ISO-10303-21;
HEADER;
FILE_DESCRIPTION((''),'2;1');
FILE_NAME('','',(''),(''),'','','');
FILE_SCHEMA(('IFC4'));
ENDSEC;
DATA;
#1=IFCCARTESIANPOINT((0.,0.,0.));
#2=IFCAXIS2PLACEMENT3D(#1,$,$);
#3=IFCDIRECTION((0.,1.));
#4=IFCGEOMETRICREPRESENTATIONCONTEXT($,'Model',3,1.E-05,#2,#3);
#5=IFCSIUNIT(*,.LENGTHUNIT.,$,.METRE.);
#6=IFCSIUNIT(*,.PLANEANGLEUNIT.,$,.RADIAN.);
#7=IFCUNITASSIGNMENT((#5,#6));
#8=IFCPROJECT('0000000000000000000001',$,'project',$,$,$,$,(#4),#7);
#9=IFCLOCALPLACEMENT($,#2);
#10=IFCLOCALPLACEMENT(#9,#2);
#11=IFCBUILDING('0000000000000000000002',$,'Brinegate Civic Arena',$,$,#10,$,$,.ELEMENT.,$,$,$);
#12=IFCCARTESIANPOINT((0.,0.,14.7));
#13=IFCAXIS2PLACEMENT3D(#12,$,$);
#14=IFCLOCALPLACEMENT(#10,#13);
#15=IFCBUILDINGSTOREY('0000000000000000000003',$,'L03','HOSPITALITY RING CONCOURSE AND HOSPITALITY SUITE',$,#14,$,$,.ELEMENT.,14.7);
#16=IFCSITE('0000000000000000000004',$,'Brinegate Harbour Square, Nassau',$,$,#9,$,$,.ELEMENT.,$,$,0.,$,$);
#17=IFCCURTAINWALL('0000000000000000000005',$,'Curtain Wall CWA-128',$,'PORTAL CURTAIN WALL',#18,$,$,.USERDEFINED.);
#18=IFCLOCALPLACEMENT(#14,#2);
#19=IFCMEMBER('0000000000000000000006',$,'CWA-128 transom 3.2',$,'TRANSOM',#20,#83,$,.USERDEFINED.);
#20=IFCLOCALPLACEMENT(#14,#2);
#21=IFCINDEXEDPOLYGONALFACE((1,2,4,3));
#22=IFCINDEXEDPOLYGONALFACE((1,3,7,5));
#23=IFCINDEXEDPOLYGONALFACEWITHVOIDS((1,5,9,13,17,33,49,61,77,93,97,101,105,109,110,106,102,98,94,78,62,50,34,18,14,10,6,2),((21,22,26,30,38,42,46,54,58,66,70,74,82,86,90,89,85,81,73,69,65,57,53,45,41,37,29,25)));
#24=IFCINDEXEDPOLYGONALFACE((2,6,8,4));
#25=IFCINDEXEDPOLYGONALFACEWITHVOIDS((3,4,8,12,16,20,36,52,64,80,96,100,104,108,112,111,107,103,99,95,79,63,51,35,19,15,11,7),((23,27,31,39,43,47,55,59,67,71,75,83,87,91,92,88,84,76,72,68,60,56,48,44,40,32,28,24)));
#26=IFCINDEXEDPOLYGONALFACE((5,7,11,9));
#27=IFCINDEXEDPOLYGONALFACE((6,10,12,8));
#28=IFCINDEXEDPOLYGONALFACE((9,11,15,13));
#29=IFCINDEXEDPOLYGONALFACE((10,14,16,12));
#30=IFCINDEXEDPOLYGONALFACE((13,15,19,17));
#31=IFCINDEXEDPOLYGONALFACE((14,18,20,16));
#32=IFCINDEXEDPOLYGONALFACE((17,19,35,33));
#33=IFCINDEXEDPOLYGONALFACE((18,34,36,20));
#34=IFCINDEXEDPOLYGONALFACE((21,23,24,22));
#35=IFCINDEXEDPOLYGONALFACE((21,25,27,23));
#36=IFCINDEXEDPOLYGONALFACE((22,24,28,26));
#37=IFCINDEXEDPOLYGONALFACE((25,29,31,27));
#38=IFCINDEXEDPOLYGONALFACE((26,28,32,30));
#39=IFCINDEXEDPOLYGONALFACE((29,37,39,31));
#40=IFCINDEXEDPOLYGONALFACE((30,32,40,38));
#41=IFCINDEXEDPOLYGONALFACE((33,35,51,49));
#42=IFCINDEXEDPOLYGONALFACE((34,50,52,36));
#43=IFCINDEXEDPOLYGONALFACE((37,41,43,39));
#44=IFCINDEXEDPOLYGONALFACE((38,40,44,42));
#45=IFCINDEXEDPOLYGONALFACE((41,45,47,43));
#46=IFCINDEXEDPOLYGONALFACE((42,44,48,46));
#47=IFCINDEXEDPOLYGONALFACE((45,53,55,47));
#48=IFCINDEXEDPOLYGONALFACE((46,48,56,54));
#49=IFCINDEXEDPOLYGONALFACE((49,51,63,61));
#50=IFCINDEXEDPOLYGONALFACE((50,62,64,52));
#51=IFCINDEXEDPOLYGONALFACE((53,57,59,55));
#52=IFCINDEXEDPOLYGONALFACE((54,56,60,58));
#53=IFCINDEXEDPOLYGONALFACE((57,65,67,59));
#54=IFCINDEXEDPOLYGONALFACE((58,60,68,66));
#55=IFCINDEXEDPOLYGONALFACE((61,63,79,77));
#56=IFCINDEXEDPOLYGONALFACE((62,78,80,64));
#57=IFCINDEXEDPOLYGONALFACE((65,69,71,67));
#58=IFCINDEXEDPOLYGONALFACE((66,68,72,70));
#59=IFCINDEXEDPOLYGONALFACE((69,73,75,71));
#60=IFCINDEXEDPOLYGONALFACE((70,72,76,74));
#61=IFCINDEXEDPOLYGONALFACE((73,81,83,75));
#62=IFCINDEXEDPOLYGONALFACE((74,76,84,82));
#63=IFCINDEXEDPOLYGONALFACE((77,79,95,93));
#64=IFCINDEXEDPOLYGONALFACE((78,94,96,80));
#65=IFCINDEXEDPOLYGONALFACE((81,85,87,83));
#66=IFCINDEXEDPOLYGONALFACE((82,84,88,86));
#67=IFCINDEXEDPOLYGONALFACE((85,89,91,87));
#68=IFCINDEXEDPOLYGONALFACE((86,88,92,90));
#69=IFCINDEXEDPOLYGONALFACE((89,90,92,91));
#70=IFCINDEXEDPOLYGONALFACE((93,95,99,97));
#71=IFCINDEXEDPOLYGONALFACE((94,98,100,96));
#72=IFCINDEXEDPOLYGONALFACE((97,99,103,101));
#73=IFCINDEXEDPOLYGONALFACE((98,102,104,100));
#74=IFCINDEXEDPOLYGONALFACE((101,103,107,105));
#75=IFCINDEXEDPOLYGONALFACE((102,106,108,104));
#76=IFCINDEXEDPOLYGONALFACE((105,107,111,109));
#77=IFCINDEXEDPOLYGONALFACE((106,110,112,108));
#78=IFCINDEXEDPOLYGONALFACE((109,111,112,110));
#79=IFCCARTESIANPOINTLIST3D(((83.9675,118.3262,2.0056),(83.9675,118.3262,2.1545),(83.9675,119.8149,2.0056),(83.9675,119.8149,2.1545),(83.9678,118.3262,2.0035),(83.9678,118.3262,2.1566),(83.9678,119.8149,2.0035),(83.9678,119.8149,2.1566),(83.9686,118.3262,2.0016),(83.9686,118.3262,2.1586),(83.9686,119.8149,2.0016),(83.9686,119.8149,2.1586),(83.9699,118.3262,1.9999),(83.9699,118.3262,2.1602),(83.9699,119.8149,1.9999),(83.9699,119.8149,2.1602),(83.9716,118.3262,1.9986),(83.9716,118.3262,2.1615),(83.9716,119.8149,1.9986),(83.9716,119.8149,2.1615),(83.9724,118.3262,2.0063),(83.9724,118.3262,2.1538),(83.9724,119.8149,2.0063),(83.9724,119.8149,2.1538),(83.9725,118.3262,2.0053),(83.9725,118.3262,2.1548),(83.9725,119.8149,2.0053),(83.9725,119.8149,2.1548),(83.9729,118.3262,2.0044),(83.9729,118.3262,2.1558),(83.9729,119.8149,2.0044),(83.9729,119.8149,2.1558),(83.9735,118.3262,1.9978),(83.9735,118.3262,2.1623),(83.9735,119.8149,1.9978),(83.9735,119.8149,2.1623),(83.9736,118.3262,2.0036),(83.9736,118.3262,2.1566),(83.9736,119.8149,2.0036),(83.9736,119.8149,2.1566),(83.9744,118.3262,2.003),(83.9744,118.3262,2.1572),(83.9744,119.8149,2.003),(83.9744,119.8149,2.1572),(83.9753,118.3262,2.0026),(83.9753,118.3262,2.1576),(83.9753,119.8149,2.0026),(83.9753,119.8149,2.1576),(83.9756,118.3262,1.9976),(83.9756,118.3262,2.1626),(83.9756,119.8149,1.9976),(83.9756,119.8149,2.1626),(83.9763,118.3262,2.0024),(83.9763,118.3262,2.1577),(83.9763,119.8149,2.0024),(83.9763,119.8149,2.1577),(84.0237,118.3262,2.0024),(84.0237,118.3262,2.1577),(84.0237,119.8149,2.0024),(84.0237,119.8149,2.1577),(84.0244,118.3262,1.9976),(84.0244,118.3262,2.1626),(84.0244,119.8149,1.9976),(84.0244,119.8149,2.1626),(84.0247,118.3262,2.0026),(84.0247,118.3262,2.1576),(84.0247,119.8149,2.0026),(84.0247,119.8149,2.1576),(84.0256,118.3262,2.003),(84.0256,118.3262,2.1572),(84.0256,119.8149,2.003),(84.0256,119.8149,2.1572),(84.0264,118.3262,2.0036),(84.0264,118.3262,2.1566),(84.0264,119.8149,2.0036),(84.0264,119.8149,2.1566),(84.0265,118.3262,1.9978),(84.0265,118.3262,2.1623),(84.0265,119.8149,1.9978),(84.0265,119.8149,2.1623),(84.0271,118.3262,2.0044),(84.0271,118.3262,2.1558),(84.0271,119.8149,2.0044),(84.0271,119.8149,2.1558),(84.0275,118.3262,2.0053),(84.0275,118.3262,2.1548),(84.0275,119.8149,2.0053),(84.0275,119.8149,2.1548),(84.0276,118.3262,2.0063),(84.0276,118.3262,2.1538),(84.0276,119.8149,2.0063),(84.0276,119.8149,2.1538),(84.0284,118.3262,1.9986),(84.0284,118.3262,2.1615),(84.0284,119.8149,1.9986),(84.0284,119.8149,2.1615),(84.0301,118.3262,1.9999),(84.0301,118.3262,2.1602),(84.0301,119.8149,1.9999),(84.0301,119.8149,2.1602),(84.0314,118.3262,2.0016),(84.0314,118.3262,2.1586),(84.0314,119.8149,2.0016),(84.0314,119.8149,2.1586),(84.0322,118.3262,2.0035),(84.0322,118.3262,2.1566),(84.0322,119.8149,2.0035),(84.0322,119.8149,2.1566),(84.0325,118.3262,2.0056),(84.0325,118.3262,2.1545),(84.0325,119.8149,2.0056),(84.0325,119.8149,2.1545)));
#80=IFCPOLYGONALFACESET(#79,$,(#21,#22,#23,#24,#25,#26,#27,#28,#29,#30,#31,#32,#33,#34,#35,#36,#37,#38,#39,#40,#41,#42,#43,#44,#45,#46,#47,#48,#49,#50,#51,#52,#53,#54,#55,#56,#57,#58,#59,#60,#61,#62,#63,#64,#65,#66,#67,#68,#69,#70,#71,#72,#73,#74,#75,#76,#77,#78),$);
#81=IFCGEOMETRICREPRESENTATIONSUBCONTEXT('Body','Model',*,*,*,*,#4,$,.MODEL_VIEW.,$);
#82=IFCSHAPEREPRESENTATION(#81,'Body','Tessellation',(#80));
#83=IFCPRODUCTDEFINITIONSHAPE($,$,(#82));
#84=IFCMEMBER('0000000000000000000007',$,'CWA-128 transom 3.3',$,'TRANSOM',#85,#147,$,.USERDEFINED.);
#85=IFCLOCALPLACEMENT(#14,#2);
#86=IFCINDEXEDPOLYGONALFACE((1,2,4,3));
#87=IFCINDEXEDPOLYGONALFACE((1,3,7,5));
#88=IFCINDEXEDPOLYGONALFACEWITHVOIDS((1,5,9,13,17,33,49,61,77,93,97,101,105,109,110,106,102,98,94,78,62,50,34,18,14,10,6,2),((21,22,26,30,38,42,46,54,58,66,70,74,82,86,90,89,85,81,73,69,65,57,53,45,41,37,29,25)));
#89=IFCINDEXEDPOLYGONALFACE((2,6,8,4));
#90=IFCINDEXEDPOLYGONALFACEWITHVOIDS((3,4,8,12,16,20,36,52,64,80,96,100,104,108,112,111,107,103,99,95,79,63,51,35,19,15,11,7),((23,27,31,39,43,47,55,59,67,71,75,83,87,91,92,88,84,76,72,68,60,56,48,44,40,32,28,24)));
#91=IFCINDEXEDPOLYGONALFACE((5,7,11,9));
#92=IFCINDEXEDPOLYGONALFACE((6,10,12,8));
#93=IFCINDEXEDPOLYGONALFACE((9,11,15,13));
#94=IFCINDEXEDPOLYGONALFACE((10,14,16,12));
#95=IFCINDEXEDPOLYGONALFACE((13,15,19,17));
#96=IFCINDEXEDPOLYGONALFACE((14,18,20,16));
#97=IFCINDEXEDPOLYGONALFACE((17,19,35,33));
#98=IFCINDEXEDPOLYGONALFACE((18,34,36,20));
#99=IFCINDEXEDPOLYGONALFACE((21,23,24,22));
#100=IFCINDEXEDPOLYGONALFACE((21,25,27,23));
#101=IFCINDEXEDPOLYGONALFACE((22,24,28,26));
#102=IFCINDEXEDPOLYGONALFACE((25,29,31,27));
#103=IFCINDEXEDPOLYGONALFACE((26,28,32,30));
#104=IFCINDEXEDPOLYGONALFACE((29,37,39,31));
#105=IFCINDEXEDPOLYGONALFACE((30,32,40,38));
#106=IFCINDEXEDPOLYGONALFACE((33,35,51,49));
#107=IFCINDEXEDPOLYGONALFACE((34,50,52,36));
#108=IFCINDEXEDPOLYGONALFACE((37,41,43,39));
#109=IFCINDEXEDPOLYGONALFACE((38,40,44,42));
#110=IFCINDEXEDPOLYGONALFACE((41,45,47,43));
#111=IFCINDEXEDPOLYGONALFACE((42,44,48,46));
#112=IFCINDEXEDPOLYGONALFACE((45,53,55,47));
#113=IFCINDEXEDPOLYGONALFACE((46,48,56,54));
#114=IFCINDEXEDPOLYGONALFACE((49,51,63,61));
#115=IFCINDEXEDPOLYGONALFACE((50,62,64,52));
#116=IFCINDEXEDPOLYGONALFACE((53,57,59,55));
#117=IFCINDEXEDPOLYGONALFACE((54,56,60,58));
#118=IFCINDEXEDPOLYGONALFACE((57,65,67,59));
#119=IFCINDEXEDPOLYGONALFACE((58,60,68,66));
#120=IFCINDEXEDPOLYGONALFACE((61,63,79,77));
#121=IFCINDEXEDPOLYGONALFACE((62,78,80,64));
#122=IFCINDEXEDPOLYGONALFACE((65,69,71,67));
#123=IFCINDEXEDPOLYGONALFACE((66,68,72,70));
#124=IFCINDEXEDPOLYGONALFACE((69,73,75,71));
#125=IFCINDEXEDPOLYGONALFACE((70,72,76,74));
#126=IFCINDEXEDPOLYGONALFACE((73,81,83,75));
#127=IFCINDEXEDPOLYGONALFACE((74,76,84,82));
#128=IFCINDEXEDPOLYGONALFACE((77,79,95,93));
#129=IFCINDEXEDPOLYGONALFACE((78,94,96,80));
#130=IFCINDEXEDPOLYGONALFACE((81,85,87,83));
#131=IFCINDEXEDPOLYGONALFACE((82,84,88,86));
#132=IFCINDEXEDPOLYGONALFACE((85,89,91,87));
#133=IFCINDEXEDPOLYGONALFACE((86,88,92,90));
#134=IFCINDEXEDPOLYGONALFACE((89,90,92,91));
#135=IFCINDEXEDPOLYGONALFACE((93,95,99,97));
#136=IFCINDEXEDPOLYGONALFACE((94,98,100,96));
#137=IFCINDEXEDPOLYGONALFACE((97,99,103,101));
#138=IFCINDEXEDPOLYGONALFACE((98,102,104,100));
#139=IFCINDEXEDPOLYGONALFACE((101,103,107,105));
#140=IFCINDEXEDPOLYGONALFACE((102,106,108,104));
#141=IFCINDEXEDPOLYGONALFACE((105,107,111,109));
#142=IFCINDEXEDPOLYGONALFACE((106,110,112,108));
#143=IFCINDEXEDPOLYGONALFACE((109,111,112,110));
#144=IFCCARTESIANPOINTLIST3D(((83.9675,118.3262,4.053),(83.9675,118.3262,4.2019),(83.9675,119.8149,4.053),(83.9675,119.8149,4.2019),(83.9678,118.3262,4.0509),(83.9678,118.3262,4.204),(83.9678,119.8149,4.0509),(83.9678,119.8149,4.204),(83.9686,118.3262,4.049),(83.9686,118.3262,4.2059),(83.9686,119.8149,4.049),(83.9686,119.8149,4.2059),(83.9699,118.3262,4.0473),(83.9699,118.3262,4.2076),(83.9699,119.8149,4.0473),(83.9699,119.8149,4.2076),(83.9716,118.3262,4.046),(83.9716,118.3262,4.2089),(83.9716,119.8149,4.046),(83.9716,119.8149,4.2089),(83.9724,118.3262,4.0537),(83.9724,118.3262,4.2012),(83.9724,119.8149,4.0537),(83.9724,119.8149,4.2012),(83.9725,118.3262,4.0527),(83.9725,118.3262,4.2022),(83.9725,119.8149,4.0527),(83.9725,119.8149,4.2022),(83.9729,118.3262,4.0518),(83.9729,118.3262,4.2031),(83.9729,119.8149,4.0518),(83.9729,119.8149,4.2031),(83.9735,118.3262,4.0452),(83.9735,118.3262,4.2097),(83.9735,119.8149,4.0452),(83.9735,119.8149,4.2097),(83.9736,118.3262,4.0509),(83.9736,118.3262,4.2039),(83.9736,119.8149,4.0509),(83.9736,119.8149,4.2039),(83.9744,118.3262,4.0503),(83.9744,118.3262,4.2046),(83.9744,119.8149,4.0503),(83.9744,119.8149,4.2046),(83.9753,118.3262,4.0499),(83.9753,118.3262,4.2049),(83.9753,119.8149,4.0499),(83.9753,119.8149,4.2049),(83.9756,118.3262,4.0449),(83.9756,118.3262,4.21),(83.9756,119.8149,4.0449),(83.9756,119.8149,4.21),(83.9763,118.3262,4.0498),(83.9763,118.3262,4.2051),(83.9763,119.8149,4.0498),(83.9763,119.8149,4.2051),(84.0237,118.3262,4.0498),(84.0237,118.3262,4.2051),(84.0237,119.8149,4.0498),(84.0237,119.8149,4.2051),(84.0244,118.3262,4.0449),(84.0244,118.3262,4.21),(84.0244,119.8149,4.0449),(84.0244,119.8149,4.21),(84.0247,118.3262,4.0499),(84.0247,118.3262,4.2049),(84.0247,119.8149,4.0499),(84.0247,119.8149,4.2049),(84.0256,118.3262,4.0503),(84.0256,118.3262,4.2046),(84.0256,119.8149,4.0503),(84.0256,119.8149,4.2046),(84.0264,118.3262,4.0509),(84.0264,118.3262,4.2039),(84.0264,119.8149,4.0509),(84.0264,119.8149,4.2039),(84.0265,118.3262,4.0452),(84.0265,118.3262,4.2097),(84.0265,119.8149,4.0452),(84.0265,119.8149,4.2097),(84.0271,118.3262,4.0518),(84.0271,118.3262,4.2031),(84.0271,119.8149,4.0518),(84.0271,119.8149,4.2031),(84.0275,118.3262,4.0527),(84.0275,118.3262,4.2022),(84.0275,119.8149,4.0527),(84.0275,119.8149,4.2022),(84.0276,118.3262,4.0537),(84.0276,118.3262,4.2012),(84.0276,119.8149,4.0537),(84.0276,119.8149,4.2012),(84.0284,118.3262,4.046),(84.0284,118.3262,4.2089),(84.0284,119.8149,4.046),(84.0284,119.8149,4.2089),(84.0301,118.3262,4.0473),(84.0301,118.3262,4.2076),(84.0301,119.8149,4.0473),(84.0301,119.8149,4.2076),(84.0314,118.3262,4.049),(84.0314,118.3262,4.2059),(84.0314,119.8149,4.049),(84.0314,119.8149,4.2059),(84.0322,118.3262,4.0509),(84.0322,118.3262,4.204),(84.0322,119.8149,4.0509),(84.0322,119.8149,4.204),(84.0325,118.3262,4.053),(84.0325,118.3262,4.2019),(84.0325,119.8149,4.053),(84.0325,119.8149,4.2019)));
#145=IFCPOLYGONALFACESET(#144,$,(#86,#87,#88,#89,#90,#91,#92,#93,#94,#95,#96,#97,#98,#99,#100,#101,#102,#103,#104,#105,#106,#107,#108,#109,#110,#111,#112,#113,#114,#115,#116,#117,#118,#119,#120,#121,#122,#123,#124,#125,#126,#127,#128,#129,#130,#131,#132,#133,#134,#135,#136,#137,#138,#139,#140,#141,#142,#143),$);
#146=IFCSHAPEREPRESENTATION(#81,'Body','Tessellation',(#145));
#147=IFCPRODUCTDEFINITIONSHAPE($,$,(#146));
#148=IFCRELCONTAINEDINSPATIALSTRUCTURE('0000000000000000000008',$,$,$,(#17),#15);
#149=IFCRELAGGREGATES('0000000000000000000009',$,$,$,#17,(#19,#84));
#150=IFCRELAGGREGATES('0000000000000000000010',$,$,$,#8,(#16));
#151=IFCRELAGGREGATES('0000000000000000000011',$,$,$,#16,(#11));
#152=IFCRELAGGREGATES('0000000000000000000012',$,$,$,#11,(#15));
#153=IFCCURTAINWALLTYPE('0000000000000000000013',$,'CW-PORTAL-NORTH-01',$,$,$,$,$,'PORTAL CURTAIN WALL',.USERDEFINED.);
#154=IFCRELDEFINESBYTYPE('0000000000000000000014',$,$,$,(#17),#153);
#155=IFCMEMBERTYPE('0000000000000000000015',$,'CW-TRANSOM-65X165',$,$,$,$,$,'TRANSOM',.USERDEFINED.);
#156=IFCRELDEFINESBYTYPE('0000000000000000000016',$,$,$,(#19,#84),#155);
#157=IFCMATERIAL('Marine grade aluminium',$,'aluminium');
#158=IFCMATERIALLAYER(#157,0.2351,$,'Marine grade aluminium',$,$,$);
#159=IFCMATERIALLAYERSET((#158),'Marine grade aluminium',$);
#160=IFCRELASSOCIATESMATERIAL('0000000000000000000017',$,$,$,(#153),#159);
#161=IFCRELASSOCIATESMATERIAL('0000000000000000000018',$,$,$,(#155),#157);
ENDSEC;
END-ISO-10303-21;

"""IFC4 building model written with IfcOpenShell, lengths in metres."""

from ifc_helpers import new_model, si_unit, direction, frame, origin, origin_2d, place, context, subcontext, project, spatial, hollow_rectangle, extrude, material, layer, layer_set, material_profile, profile_set, type_object, element, aggregate, save


model = new_model("IFC4")

# Units and contexts
model_context = context("Model", 3, precision=1e-05, world=origin(), true_north=direction((0.0, 1.0)))
body_context = subcontext(model_context, "Body", "Model", "MODEL_VIEW")
ifc_project = project(units=[si_unit("LENGTHUNIT", "METRE"), si_unit("PLANEANGLEUNIT", "RADIAN")], contexts=[model_context])

# Site, building, storey
site_placement = place(None, origin())
site = spatial("IfcSite", under=ifc_project, at=site_placement, Name="Brinegate Harbour Square, Nassau", CompositionType="ELEMENT", RefElevation=0.0)
building_placement = place(site_placement, origin())
building = spatial("IfcBuilding", under=site, at=building_placement, Name="Brinegate Civic Arena", CompositionType="ELEMENT")
storey_placement = place(building_placement, frame((0.0, 0.0, 14.7)))
storey = spatial("IfcBuildingStorey", under=building, at=storey_placement, Name="L03", Description="HOSPITALITY RING CONCOURSE AND HOSPITALITY SUITE", CompositionType="ELEMENT", Elevation=14.7)

# Curtain wall, members
ifc_material_1 = material(Name="Marine grade aluminium", Category="aluminium")
ifc_layer_1 = layer(ifc_material_1, 0.2351, Name="Marine grade aluminium")
ifc_layer_set_1 = layer_set([ifc_layer_1], Name="Marine grade aluminium")
curtain_wall_type = type_object("IfcCurtainWallType", Name="CW-PORTAL-NORTH-01", ElementType="PORTAL CURTAIN WALL", PredefinedType="USERDEFINED", material=ifc_layer_set_1)
curtain_wall_placement = place(storey_placement, origin())
curtain_wall = element("IfcCurtainWall", 1, at=curtain_wall_placement, inside=storey, type_object=curtain_wall_type, Name="Curtain Wall CWA-128", ObjectType="PORTAL CURTAIN WALL", PredefinedType="USERDEFINED")
ifc_material_profile_1 = material_profile(ifc_material_1, hollow_rectangle(XDim=0.0649, YDim=0.165, WallThickness=0.0049, InnerFilletRadius=0.0039, OuterFilletRadius=0.0081, at=origin_2d()), Name="TRN65X165")
ifc_profile_set_1 = profile_set([ifc_material_profile_1], Name="Marine grade aluminium")
member_type_1 = type_object("IfcMemberType", Name="CW-TRANSOM-65X165", ElementType="TRANSOM", PredefinedType="USERDEFINED", material=ifc_profile_set_1)
member_1_placement = place(storey_placement, frame((84.0, 118.3262, 2.0801), z_axis=(0.0, 1.0, 0.0), x_axis=(-1.0, 0.0, 0.0)))
member_1 = element("IfcMember", 2, at=member_1_placement, type_object=member_type_1, Name="CWA-128 transom 3.2", ObjectType="TRANSOM", PredefinedType="USERDEFINED", context=body_context, shape_type="SweptSolid", body=[
    extrude(hollow_rectangle(XDim=0.0649, YDim=0.165, WallThickness=0.0049, InnerFilletRadius=0.0039, OuterFilletRadius=0.0081, at=origin_2d()), origin(), (0.0, 0.0, 1.0), 1.4888),
])
member_2_placement = place(storey_placement, frame((84.0, 118.3262, 4.1274), z_axis=(0.0, 1.0, 0.0), x_axis=(-1.0, 0.0, 0.0)))
member_2 = element("IfcMember", 3, at=member_2_placement, type_object=member_type_1, Name="CWA-128 transom 3.3", ObjectType="TRANSOM", PredefinedType="USERDEFINED", context=body_context, shape_type="SweptSolid", body=[
    extrude(hollow_rectangle(XDim=0.0649, YDim=0.165, WallThickness=0.0049, InnerFilletRadius=0.0039, OuterFilletRadius=0.0081, at=origin_2d()), origin(), (0.0, 0.0, 1.0), 1.4888),
])

aggregate(curtain_wall, [member_1, member_2])

save(model, "model.ifc")
